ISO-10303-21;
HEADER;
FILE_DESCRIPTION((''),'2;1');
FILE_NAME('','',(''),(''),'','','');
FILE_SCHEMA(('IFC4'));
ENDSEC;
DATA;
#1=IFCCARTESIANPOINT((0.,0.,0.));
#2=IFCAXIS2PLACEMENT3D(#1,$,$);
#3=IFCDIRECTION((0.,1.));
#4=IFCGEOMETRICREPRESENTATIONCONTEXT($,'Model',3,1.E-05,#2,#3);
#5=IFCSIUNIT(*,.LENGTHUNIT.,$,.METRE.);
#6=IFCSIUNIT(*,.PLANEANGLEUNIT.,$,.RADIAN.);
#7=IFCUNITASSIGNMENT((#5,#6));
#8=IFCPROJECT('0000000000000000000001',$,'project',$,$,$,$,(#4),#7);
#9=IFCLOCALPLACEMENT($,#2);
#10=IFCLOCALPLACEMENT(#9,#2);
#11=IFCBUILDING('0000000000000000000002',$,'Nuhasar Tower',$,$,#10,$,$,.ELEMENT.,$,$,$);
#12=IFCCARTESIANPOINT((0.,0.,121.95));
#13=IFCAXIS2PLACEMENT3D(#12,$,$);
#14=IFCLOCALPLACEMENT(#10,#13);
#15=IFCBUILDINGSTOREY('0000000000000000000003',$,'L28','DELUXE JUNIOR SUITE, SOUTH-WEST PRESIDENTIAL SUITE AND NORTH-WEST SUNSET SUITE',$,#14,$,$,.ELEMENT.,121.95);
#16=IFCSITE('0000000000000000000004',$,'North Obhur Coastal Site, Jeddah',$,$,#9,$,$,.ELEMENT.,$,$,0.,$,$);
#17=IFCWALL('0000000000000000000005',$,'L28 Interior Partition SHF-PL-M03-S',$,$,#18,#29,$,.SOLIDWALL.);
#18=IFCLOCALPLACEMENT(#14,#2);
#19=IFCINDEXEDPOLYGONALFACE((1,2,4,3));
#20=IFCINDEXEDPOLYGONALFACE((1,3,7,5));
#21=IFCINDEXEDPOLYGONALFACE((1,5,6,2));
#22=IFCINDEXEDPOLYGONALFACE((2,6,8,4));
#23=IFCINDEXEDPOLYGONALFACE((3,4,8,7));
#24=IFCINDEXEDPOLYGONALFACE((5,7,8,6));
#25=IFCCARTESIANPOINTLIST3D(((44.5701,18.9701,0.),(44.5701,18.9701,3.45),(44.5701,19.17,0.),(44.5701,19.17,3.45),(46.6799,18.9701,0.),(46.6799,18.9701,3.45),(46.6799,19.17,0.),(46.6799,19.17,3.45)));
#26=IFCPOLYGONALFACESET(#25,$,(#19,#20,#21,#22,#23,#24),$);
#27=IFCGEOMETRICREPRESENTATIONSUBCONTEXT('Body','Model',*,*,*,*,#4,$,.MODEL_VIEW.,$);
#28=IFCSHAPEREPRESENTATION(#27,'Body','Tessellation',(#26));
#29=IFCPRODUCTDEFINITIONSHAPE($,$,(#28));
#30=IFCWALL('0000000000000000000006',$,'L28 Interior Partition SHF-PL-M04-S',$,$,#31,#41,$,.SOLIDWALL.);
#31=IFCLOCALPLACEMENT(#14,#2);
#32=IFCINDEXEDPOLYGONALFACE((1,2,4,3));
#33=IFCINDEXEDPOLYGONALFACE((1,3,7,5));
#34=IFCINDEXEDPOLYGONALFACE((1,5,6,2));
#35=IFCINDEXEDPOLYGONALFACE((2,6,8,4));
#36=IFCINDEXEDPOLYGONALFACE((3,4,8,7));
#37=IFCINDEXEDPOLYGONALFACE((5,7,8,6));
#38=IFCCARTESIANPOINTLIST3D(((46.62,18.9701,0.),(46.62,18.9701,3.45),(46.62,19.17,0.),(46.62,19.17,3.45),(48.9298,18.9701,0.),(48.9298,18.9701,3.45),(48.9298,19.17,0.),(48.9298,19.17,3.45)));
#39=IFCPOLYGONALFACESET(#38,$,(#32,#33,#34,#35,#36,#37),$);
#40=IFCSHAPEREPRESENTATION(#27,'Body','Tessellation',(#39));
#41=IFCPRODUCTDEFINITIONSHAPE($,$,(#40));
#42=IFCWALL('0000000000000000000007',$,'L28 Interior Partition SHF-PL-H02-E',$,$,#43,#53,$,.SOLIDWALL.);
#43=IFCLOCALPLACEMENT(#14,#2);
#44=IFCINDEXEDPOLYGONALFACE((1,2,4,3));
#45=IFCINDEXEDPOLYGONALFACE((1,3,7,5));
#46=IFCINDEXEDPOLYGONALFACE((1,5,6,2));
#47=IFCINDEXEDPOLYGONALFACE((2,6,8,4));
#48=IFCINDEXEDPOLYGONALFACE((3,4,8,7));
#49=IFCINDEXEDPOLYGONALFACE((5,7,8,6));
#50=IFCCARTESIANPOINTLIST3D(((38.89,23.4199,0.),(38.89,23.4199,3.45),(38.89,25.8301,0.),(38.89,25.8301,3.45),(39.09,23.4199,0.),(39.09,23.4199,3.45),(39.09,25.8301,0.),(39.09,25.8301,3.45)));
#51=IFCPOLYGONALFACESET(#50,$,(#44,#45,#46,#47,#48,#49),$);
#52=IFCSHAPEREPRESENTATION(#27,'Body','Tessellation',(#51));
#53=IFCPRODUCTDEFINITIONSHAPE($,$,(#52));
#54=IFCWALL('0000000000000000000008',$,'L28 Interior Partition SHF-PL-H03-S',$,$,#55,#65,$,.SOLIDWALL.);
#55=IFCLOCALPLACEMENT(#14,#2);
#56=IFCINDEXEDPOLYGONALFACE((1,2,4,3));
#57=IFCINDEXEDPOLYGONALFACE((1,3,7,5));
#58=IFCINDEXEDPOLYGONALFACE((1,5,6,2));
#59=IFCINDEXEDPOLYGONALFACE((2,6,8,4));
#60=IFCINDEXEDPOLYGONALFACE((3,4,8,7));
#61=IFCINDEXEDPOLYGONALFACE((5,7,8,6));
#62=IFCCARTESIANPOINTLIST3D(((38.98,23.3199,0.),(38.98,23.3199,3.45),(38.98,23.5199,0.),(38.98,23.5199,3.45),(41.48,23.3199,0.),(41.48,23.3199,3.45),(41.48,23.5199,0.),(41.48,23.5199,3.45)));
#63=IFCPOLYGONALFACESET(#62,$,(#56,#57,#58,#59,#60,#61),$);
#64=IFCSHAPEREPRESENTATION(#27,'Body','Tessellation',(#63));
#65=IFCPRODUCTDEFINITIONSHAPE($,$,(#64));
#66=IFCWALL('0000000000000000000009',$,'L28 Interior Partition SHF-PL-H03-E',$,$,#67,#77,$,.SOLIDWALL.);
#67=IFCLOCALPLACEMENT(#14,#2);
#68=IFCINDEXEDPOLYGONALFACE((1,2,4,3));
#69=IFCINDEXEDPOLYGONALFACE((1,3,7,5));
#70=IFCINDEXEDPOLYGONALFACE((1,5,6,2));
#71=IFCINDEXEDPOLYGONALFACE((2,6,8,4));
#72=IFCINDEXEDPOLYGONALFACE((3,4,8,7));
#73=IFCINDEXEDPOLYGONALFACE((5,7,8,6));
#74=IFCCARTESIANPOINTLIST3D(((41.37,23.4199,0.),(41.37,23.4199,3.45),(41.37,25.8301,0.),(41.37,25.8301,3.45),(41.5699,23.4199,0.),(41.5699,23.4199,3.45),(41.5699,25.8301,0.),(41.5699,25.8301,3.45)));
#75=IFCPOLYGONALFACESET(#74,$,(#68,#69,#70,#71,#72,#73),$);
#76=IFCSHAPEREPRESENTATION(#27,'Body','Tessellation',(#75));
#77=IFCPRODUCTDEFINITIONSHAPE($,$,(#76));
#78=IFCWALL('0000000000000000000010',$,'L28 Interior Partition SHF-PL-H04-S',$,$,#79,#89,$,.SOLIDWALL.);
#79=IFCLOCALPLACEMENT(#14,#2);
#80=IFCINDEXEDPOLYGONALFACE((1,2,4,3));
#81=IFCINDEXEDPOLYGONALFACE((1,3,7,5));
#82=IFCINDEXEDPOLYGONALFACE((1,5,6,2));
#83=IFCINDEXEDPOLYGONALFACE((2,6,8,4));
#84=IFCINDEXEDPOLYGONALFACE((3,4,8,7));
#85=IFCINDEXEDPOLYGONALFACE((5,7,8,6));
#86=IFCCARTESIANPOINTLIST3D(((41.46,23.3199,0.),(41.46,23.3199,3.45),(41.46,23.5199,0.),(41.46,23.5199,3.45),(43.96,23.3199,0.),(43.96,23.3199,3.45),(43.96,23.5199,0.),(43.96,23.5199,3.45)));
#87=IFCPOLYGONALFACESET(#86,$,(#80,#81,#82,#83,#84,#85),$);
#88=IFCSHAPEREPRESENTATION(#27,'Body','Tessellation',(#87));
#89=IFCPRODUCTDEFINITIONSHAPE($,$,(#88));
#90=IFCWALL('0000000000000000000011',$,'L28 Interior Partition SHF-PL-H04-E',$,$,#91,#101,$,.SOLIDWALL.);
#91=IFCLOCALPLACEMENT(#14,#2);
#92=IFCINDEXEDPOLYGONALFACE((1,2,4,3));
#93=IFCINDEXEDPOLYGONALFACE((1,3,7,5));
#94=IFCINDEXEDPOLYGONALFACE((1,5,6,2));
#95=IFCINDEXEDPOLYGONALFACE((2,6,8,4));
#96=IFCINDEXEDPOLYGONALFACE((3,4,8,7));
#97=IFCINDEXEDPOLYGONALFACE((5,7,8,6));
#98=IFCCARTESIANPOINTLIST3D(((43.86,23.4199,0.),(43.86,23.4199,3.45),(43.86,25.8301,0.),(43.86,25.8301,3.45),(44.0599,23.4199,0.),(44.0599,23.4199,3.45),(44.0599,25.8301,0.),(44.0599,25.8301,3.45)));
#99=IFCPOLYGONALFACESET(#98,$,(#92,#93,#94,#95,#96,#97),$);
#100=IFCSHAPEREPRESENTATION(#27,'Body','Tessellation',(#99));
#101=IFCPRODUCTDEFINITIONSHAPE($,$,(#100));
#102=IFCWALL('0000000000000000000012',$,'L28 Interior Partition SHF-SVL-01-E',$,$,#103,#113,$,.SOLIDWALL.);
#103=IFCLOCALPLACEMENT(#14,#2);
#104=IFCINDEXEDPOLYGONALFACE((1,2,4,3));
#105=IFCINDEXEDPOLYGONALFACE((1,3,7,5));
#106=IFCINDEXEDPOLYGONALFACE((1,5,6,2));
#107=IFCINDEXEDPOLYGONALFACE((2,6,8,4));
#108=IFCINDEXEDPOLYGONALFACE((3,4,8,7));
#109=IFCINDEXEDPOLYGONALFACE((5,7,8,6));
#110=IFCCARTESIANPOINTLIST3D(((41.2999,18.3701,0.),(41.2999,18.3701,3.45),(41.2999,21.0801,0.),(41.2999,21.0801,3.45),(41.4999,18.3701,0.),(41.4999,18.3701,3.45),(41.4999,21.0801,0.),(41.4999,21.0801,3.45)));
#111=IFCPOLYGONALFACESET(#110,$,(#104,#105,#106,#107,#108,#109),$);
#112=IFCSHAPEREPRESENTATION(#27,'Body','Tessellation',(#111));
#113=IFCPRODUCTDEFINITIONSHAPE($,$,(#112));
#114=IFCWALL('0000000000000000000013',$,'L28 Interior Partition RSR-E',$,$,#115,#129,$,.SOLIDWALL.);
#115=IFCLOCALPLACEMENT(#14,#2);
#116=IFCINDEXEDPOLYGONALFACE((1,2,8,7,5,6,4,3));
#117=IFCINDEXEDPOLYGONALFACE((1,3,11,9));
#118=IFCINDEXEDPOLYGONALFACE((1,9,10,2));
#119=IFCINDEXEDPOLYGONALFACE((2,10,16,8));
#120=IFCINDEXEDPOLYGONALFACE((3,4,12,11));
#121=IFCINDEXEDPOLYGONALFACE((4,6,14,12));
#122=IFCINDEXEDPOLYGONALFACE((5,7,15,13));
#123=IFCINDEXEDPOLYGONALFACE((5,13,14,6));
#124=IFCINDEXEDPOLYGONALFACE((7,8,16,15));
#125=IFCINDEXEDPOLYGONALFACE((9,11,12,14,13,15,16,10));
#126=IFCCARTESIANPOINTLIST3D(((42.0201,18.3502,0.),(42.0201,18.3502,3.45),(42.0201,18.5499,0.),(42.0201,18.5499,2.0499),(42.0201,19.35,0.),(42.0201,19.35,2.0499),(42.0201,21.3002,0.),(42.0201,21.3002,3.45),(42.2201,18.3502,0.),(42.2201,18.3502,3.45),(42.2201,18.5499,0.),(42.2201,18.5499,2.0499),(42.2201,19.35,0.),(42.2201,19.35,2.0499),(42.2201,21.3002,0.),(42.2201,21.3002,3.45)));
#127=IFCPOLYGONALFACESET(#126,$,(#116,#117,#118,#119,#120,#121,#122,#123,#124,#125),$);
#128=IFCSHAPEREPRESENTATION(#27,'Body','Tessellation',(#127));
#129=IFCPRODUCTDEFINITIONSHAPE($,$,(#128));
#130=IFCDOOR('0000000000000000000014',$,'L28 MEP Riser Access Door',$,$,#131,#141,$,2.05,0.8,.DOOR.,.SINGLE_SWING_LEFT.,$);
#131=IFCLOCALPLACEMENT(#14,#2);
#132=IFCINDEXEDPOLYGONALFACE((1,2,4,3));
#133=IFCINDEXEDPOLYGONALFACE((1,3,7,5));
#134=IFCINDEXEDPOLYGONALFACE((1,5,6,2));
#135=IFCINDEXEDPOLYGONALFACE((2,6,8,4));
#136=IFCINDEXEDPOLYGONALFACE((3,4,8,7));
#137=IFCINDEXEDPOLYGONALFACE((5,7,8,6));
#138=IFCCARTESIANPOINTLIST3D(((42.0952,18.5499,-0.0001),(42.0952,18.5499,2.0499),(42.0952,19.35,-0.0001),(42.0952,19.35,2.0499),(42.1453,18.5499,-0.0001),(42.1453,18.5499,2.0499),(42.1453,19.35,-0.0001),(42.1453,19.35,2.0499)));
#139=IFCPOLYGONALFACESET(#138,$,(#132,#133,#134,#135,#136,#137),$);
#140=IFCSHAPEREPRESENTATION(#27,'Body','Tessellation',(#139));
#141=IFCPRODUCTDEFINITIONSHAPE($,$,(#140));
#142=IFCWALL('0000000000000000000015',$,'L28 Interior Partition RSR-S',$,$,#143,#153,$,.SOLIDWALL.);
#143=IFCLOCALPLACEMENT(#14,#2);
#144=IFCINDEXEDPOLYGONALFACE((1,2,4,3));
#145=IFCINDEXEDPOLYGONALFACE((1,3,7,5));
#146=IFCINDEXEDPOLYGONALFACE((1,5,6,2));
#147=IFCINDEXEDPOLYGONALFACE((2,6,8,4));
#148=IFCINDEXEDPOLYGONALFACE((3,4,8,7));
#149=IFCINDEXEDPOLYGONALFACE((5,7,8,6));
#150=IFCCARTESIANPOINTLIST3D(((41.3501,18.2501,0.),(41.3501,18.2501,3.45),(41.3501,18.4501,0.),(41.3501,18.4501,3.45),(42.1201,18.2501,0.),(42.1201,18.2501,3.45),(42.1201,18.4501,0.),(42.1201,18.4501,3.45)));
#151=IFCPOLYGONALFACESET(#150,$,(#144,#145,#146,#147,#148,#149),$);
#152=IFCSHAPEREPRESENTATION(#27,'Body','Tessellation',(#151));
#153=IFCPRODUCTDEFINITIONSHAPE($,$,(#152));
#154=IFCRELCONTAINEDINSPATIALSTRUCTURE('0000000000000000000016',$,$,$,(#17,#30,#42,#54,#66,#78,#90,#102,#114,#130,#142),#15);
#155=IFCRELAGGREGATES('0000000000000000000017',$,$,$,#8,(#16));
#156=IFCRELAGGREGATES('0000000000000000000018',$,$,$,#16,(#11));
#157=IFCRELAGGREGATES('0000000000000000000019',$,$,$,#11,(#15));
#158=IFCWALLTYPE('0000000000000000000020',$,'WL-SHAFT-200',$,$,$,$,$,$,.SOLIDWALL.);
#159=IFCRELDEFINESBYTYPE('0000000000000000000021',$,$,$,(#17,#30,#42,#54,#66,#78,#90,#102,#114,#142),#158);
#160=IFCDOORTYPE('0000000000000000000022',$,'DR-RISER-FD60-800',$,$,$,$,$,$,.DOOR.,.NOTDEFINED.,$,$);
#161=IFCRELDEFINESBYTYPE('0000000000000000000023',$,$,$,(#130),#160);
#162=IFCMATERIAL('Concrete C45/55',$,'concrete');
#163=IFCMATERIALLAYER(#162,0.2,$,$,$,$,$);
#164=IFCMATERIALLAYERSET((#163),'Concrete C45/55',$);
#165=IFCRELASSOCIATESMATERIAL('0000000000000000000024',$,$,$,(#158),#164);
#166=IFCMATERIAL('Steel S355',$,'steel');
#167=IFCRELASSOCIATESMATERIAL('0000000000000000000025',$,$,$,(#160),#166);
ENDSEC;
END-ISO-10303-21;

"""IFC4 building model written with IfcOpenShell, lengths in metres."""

from ifc_helpers import new_model, si_unit, direction, frame, frame_2d, origin, place, context, subcontext, project, spatial, rectangle, extrude, material, layer, layer_set, type_object, element, fill, save


model = new_model("IFC4")

# Units and contexts
model_context = context("Model", 3, precision=1e-05, world=origin(), true_north=direction((0.0, 1.0)))
body_context = subcontext(model_context, "Body", "Model", "MODEL_VIEW")
ifc_project = project(units=[si_unit("LENGTHUNIT", "METRE"), si_unit("PLANEANGLEUNIT", "RADIAN")], contexts=[model_context])

# Site, building, storey
site_placement = place(None, origin())
site = spatial("IfcSite", under=ifc_project, at=site_placement, Name="North Obhur Coastal Site, Jeddah", CompositionType="ELEMENT", RefElevation=0.0)
building_placement = place(site_placement, origin())
building = spatial("IfcBuilding", under=site, at=building_placement, Name="Nuhasar Tower", CompositionType="ELEMENT")
storey_placement = place(building_placement, frame((0.0, 0.0, 121.95)))
storey = spatial("IfcBuildingStorey", under=building, at=storey_placement, Name="L28", Description="DELUXE JUNIOR SUITE, SOUTH-WEST PRESIDENTIAL SUITE AND NORTH-WEST SUNSET SUITE", CompositionType="ELEMENT", Elevation=121.95)

# Shared definitions
ifc_material_1 = material(Name="Steel S355", Category="steel")

# Shared definitions
ifc_material_2 = material(Name="Concrete C45/55", Category="concrete")

# Shared definitions
ifc_layer_1 = layer(ifc_material_2, 0.2)
ifc_layer_set_1 = layer_set([ifc_layer_1], Name="Concrete C45/55")
wall_type_1 = type_object("IfcWallType", Name="WL-SHAFT-200", PredefinedType="SOLIDWALL", material=ifc_layer_set_1)

# Wall
wall_1_placement = place(storey_placement, frame((44.5701, 19.0701, 0.0), z_axis=(0.0, 0.0, 1.0), x_axis=(1.0, 0.0, 0.0)))
element("IfcWall", 1, at=wall_1_placement, inside=storey, type_object=wall_type_1, Name="L28 Interior Partition SHF-PL-M03-S", PredefinedType="SOLIDWALL", context=body_context, shape_type="SweptSolid", body=[
    extrude(rectangle(XDim=2.1099, YDim=0.2, at=frame_2d((1.0549, 0.0))), origin(), (0.0, 0.0, 1.0), 3.45),
])

# Walls
wall_2_placement = place(storey_placement, frame((46.6201, 19.0701, 0.0), z_axis=(0.0, 0.0, 1.0), x_axis=(1.0, 0.0, 0.0)))
element("IfcWall", 2, at=wall_2_placement, inside=storey, type_object=wall_type_1, Name="L28 Interior Partition SHF-PL-M04-S", PredefinedType="SOLIDWALL", context=body_context, shape_type="SweptSolid", body=[
    extrude(rectangle(XDim=2.3098, YDim=0.2, at=frame_2d((1.1548, 0.0))), origin(), (0.0, 0.0, 1.0), 3.45),
])
wall_3_placement = place(storey_placement, frame((38.99, 23.4199, 0.0), z_axis=(0.0, 0.0, 1.0), x_axis=(0.0, 1.0, 0.0)))
element("IfcWall", 3, at=wall_3_placement, inside=storey, type_object=wall_type_1, Name="L28 Interior Partition SHF-PL-H02-E", PredefinedType="SOLIDWALL", context=body_context, shape_type="SweptSolid", body=[
    extrude(rectangle(XDim=2.4102, YDim=0.2, at=frame_2d((1.2051, 0.0))), origin(), (0.0, 0.0, 1.0), 3.45),
])
wall_4_placement = place(storey_placement, frame((38.98, 23.4199, 0.0), z_axis=(0.0, 0.0, 1.0), x_axis=(1.0, 0.0, 0.0)))
element("IfcWall", 4, at=wall_4_placement, inside=storey, type_object=wall_type_1, Name="L28 Interior Partition SHF-PL-H03-S", PredefinedType="SOLIDWALL", context=body_context, shape_type="SweptSolid", body=[
    extrude(rectangle(XDim=2.5, YDim=0.2, at=frame_2d((1.25, 0.0))), origin(), (0.0, 0.0, 1.0), 3.45),
])
wall_5_placement = place(storey_placement, frame((41.47, 23.4199, 0.0), z_axis=(0.0, 0.0, 1.0), x_axis=(0.0, 1.0, 0.0)))
element("IfcWall", 5, at=wall_5_placement, inside=storey, type_object=wall_type_1, Name="L28 Interior Partition SHF-PL-H03-E", PredefinedType="SOLIDWALL", context=body_context, shape_type="SweptSolid", body=[
    extrude(rectangle(XDim=2.4102, YDim=0.2, at=frame_2d((1.2051, 0.0))), origin(), (0.0, 0.0, 1.0), 3.45),
])
wall_6_placement = place(storey_placement, frame((41.46, 23.4199, 0.0), z_axis=(0.0, 0.0, 1.0), x_axis=(1.0, 0.0, 0.0)))
element("IfcWall", 6, at=wall_6_placement, inside=storey, type_object=wall_type_1, Name="L28 Interior Partition SHF-PL-H04-S", PredefinedType="SOLIDWALL", context=body_context, shape_type="SweptSolid", body=[
    extrude(rectangle(XDim=2.5, YDim=0.2, at=frame_2d((1.25, 0.0))), origin(), (0.0, 0.0, 1.0), 3.45),
])
wall_7_placement = place(storey_placement, frame((43.96, 23.4199, 0.0), z_axis=(0.0, 0.0, 1.0), x_axis=(0.0, 1.0, 0.0)))
element("IfcWall", 7, at=wall_7_placement, inside=storey, type_object=wall_type_1, Name="L28 Interior Partition SHF-PL-H04-E", PredefinedType="SOLIDWALL", context=body_context, shape_type="SweptSolid", body=[
    extrude(rectangle(XDim=2.4102, YDim=0.2, at=frame_2d((1.2051, 0.0))), origin(), (0.0, 0.0, 1.0), 3.45),
])
wall_8_placement = place(storey_placement, frame((41.3999, 18.3701, 0.0), z_axis=(0.0, 0.0, 1.0), x_axis=(0.0, 1.0, 0.0)))
element("IfcWall", 8, at=wall_8_placement, inside=storey, type_object=wall_type_1, Name="L28 Interior Partition SHF-SVL-01-E", PredefinedType="SOLIDWALL", context=body_context, shape_type="SweptSolid", body=[
    extrude(rectangle(XDim=2.71, YDim=0.2, at=frame_2d((1.355, 0.0))), origin(), (0.0, 0.0, 1.0), 3.45),
])

# Wall, opening, door
wall_9_placement = place(storey_placement, frame((42.1201, 18.3501, 0.0), z_axis=(0.0, 0.0, 1.0), x_axis=(0.0, 1.0, 0.0)))
wall_9 = element("IfcWall", 9, at=wall_9_placement, inside=storey, type_object=wall_type_1, Name="L28 Interior Partition RSR-E", PredefinedType="SOLIDWALL", context=body_context, shape_type="SweptSolid", body=[
    extrude(rectangle(XDim=2.95, YDim=0.2, at=frame_2d((1.4751, 0.0))), origin(), (0.0, 0.0, 1.0), 3.45),
])
opening_1_placement = place(wall_9_placement, frame((0.2, 0.0, 0.0)))
opening_1 = element("IfcOpeningElement", 10, at=opening_1_placement, cuts=wall_9, PredefinedType="OPENING", context=body_context, shape_type="SweptSolid", body=[
    extrude(rectangle(XDim=0.8, YDim=2.05, at=frame_2d((0.3999, 1.0249))), frame((0.0, 0.1099, 0.0), z_axis=(0.0, -1.0, 0.0), x_axis=(1.0, 0.0, 0.0)), (0.0, 0.0, 1.0), 0.22),
])
door_type_1 = type_object("IfcDoorType", Name="DR-RISER-FD60-800", OperationType="NOTDEFINED", PredefinedType="DOOR", material=ifc_material_1)
door_1_placement = place(opening_1_placement, origin())
door_1 = element("IfcDoor", 11, at=door_1_placement, inside=storey, type_object=door_type_1, Name="L28 MEP Riser Access Door", OperationType="SINGLE_SWING_LEFT", OverallHeight=2.05, OverallWidth=0.8, PredefinedType="DOOR", context=body_context, shape_type="SweptSolid", body=[
    extrude(rectangle(XDim=0.8, YDim=2.05, at=frame_2d((0.3999, 1.0249))), frame((0.0, 0.0249, 0.0), z_axis=(0.0, -1.0, 0.0), x_axis=(1.0, 0.0, 0.0)), (0.0, 0.0, 1.0), 0.05),
])
fill(opening_1, door_1)

# Wall
wall_10_placement = place(storey_placement, frame((41.3501, 18.3501, 0.0), z_axis=(0.0, 0.0, 1.0), x_axis=(1.0, 0.0, 0.0)))
element("IfcWall", 12, at=wall_10_placement, inside=storey, type_object=wall_type_1, Name="L28 Interior Partition RSR-S", PredefinedType="SOLIDWALL", context=body_context, shape_type="SweptSolid", body=[
    extrude(rectangle(XDim=0.77, YDim=0.2, at=frame_2d((0.385, 0.0))), origin(), (0.0, 0.0, 1.0), 3.45),
])

save(model, "model.ifc")
